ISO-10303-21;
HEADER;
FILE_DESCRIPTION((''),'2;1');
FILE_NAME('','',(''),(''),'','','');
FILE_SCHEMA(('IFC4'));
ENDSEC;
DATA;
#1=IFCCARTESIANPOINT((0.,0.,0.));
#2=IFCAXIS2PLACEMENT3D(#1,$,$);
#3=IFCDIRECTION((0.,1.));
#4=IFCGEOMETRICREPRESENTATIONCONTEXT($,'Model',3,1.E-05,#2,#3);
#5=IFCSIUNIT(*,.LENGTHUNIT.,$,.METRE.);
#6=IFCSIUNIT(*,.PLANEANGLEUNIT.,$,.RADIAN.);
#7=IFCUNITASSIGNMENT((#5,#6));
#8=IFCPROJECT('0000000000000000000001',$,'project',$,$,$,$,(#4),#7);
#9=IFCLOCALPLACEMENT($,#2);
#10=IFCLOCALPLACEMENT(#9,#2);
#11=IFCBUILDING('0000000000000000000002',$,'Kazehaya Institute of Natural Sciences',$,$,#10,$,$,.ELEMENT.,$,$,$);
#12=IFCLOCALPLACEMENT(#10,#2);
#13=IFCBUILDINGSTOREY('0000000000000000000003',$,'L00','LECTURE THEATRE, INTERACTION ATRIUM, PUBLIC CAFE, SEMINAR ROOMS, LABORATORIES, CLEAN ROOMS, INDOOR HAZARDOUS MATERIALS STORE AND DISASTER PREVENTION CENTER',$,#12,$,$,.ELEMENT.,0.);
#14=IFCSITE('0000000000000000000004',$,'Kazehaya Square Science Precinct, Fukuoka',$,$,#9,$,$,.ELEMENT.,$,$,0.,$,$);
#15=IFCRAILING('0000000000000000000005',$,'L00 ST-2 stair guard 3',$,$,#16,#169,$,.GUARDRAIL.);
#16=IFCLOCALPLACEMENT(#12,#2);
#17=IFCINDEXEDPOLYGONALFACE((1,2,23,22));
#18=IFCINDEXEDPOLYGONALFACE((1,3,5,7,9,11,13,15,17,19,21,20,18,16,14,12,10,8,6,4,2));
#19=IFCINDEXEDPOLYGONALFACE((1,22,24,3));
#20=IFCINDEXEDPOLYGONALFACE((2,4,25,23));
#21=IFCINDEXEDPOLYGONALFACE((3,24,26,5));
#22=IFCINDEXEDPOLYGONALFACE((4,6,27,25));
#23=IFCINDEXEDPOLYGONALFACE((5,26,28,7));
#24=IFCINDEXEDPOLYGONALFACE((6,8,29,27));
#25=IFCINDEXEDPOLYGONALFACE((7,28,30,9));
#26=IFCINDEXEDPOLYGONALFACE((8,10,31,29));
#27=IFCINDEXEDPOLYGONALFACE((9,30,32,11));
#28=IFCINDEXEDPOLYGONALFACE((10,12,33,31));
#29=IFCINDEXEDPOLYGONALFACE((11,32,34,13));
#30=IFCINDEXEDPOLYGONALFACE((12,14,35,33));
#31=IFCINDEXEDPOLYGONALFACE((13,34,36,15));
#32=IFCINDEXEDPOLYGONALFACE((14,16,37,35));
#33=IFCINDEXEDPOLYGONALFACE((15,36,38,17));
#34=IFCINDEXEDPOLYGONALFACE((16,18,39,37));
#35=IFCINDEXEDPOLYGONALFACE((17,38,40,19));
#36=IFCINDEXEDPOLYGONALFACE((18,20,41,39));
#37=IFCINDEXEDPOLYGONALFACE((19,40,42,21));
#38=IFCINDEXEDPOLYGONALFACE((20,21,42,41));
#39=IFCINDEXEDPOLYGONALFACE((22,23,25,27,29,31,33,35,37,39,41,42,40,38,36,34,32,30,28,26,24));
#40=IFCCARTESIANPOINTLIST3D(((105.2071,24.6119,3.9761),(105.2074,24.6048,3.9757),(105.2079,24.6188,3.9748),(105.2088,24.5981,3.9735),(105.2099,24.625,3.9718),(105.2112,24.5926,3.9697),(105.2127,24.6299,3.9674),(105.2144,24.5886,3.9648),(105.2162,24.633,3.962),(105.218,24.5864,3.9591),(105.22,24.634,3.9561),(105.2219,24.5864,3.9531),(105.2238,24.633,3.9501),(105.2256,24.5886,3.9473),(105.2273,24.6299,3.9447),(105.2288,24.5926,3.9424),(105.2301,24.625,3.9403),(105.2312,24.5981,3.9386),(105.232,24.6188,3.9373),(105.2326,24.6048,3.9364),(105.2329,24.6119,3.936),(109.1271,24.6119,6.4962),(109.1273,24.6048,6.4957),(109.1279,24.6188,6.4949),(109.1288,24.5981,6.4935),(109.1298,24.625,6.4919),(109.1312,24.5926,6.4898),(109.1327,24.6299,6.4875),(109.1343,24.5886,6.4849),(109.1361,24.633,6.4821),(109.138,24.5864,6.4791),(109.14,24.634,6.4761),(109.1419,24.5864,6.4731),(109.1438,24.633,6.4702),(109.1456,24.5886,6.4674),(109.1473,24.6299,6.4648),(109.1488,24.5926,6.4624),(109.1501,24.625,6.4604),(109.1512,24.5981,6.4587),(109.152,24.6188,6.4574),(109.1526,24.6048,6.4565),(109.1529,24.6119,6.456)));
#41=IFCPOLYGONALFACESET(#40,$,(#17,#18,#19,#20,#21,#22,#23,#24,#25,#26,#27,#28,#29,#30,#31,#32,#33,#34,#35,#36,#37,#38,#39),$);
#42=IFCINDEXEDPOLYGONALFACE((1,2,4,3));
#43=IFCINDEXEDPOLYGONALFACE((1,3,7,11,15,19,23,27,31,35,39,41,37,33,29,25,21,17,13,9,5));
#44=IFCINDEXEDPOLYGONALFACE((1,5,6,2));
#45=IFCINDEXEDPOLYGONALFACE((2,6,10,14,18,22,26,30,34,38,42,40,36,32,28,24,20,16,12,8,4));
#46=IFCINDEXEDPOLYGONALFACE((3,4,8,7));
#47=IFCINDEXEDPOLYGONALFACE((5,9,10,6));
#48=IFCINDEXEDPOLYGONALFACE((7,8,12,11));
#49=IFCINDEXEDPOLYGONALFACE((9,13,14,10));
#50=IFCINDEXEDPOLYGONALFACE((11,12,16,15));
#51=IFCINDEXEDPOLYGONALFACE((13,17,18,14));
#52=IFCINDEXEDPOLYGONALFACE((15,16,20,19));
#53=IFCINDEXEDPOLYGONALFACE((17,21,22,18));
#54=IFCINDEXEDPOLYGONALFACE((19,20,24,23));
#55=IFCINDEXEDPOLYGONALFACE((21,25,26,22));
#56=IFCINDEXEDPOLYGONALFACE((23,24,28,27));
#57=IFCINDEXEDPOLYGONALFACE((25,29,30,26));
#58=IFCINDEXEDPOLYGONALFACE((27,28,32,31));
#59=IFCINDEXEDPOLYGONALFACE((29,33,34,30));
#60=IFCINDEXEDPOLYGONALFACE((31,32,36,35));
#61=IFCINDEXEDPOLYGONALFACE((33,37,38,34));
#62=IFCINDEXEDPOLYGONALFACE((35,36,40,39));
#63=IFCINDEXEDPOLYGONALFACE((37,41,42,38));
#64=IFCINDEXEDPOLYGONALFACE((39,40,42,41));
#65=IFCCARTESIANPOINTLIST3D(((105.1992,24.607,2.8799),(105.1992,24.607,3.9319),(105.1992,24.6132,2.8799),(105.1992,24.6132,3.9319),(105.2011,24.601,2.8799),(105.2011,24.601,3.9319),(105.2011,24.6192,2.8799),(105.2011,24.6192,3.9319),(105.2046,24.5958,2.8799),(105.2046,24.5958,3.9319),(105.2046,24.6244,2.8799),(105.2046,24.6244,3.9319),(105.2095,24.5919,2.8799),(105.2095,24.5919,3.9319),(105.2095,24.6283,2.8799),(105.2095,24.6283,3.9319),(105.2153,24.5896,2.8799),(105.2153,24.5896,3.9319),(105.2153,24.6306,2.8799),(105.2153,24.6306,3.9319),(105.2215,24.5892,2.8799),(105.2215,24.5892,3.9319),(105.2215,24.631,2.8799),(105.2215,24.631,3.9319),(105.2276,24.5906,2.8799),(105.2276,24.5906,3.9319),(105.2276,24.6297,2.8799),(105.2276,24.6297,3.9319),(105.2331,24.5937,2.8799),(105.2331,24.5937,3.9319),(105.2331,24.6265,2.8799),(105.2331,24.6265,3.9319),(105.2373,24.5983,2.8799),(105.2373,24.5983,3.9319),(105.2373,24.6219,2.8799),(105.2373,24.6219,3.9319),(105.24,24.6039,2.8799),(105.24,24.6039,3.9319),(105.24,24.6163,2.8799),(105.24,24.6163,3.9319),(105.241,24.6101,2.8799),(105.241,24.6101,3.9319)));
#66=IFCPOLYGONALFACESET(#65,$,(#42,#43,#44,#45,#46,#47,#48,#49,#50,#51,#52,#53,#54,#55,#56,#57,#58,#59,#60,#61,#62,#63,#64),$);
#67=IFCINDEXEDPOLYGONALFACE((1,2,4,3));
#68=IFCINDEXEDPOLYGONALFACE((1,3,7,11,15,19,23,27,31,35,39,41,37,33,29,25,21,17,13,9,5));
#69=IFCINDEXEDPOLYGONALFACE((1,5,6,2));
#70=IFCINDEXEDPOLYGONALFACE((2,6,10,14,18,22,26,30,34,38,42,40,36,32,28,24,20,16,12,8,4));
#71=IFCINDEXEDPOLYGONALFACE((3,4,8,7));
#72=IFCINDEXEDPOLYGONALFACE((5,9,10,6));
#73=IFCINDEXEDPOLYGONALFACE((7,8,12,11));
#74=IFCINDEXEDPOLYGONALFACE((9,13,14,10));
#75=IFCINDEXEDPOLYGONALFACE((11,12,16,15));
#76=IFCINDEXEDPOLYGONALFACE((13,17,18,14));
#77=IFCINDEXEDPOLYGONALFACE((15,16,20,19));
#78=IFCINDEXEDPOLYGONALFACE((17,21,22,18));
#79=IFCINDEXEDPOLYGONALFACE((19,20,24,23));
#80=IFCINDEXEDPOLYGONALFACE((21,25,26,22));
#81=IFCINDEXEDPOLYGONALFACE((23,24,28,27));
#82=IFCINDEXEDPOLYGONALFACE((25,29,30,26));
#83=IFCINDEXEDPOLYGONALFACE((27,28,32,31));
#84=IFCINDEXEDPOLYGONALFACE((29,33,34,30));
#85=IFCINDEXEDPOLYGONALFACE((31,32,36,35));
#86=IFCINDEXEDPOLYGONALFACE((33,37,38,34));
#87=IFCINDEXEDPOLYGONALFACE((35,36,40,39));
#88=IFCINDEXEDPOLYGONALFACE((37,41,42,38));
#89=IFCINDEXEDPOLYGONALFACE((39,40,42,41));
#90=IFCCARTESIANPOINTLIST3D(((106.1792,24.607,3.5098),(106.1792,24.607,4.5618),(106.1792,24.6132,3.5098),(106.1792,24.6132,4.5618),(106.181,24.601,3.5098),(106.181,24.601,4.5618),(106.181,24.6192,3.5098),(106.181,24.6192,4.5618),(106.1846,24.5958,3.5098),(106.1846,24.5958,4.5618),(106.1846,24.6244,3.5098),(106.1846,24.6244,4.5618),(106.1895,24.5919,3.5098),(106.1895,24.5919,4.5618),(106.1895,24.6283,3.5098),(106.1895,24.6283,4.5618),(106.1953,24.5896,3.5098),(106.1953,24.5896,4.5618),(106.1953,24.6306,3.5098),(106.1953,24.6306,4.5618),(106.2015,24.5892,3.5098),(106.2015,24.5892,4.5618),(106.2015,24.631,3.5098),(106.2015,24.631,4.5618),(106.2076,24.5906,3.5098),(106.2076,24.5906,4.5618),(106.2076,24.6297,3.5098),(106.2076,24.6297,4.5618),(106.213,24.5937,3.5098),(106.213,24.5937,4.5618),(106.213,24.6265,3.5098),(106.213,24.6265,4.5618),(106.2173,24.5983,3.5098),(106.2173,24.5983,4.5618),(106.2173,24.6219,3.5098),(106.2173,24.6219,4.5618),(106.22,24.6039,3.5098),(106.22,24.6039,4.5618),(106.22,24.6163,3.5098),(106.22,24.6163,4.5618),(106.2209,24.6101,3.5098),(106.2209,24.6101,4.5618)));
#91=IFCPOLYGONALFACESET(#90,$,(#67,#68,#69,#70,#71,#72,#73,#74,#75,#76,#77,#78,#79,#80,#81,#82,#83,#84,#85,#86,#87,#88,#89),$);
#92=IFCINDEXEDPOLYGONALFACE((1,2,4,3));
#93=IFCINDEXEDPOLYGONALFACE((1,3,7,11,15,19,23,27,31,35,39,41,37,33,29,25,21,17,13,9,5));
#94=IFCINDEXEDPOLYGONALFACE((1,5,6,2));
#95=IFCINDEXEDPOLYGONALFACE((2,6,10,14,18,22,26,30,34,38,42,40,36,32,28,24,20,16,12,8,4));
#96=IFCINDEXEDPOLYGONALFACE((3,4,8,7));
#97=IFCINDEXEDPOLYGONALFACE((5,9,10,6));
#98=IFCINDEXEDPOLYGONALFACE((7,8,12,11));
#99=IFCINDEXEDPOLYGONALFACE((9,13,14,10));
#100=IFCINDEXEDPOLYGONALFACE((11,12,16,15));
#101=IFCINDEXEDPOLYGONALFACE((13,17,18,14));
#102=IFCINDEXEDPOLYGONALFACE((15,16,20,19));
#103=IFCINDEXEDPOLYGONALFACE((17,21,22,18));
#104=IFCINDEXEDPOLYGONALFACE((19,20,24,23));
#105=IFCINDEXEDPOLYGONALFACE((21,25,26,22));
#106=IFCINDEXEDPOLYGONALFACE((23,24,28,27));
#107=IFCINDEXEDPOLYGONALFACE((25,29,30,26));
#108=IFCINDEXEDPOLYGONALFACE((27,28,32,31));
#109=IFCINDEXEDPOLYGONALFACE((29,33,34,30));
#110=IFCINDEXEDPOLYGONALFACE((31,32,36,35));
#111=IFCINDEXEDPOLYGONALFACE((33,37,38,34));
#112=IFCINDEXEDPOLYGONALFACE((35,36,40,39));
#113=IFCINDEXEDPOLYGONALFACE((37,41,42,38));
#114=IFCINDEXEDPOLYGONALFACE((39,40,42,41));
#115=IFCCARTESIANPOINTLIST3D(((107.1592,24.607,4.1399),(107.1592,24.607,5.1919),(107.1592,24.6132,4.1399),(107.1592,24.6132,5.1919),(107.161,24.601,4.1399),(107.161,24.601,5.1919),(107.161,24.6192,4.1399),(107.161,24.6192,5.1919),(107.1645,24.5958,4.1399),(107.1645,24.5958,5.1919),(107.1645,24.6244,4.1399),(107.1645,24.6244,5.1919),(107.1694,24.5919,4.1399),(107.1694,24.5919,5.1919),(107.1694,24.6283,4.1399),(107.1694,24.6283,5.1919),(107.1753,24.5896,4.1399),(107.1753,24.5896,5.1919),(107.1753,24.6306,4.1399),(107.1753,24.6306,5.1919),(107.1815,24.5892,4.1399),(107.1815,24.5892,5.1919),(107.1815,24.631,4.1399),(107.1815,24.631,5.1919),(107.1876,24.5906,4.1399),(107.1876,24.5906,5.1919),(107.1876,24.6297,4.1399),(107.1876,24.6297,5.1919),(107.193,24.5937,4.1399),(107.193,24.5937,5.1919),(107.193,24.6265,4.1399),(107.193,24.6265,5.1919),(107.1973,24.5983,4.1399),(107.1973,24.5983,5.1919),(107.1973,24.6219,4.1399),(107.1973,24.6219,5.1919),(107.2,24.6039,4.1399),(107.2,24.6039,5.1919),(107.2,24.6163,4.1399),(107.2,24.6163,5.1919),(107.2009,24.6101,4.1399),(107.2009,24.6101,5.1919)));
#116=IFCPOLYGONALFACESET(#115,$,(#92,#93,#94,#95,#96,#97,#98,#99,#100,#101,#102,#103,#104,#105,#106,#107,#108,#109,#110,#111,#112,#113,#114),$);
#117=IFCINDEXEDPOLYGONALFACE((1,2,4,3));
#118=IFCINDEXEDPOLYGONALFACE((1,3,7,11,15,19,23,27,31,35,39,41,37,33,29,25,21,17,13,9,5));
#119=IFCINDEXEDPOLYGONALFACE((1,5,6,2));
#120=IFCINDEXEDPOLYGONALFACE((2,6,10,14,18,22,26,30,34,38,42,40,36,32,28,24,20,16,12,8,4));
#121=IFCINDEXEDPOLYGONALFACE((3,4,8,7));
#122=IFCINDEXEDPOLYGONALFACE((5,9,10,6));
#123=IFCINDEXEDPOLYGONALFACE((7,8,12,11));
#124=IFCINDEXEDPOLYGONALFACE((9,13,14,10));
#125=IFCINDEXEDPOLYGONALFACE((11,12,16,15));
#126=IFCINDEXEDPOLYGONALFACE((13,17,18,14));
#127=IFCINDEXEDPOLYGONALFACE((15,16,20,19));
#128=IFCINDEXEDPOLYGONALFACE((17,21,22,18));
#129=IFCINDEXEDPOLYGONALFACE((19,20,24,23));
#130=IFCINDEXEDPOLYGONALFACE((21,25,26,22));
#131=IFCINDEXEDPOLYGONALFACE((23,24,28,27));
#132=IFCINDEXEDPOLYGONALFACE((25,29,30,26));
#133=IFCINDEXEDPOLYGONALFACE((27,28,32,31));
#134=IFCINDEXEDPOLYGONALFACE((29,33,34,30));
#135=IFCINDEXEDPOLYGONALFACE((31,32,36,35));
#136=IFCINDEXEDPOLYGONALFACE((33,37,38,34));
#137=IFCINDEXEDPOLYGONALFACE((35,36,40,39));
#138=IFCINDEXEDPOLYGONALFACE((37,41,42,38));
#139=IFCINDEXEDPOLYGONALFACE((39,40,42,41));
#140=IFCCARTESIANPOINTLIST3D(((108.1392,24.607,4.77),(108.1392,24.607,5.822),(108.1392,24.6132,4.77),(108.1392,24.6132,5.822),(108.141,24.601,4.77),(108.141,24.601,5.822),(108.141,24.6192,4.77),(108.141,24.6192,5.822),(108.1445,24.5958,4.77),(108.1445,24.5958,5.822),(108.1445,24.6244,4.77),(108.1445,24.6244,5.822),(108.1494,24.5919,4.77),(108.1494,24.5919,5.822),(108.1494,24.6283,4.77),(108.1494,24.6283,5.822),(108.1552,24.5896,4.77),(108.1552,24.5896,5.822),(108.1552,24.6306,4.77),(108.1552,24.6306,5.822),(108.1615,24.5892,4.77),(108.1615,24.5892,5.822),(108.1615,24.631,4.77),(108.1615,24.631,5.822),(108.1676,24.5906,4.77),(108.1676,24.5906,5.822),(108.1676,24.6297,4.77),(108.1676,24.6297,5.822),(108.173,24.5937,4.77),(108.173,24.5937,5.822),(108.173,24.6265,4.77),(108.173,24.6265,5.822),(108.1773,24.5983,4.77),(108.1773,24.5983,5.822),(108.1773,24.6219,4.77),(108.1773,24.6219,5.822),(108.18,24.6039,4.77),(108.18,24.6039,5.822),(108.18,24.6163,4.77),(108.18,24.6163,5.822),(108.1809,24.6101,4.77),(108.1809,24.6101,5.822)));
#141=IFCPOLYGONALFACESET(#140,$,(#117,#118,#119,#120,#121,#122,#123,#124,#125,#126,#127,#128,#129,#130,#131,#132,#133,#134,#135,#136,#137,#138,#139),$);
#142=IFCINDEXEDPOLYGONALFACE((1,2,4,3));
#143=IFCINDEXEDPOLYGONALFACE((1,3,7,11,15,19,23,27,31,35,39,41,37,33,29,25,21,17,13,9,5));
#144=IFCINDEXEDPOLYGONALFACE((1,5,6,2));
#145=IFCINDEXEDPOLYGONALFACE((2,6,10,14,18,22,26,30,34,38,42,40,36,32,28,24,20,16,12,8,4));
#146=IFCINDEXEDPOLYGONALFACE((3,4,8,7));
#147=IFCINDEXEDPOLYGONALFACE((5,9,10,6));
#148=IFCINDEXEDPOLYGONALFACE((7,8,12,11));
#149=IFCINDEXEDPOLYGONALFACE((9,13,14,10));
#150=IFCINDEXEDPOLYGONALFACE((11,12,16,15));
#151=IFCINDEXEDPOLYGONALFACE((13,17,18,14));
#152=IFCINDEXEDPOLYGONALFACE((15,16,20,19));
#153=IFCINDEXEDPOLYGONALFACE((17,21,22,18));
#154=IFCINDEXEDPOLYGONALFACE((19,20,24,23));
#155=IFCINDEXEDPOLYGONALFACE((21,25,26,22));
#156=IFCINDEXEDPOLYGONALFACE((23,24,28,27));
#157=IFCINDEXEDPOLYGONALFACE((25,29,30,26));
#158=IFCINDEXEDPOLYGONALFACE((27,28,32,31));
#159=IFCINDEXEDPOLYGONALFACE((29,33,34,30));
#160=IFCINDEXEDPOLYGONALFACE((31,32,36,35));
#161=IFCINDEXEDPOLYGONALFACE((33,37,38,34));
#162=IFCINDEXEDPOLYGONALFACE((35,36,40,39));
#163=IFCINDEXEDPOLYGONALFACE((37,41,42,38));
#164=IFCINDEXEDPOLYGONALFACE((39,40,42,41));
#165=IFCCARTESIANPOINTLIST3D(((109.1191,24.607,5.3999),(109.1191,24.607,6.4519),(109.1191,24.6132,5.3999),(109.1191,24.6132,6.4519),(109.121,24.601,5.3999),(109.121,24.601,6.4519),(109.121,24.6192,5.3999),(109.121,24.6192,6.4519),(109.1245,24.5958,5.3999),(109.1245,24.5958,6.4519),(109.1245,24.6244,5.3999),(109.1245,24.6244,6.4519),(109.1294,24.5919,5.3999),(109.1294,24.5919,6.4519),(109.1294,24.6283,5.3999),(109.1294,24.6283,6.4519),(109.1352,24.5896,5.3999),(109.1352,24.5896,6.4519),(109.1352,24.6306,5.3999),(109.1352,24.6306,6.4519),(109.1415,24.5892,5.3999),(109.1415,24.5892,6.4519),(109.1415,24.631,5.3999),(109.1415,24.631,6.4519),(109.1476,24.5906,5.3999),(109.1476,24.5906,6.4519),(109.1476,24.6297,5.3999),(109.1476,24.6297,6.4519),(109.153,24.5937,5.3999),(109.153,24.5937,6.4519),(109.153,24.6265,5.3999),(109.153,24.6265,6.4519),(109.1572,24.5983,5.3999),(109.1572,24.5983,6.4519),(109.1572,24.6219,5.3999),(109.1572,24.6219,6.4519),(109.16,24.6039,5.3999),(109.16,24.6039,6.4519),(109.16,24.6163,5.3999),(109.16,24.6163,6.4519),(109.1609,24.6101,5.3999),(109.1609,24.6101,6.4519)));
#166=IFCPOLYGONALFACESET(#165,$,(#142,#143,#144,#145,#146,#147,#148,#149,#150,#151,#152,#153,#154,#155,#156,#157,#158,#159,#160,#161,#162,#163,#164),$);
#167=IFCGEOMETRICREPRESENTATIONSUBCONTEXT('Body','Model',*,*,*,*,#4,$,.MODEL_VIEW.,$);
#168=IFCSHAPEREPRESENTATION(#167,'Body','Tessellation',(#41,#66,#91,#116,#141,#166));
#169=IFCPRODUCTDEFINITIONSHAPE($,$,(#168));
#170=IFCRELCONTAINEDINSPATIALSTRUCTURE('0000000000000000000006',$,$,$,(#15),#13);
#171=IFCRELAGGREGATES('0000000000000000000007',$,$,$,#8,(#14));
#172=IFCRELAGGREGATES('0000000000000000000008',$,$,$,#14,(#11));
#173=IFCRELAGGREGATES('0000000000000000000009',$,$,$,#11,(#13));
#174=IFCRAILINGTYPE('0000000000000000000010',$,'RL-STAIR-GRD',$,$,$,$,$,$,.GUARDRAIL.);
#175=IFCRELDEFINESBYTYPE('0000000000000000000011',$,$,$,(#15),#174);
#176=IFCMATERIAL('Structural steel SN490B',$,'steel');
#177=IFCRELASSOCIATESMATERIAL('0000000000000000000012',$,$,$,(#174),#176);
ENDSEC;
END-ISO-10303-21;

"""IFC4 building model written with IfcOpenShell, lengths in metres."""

from ifc_helpers import new_model, si_unit, direction, frame, origin, origin_2d, place, context, subcontext, project, spatial, circle, extrude, material, type_object, element, save


model = new_model("IFC4")

# Units and contexts
model_context = context("Model", 3, precision=1e-05, world=origin(), true_north=direction((0.0, 1.0)))
body_context = subcontext(model_context, "Body", "Model", "MODEL_VIEW")
ifc_project = project(units=[si_unit("LENGTHUNIT", "METRE"), si_unit("PLANEANGLEUNIT", "RADIAN")], contexts=[model_context])

# Site, building, storey
site_placement = place(None, origin())
site = spatial("IfcSite", under=ifc_project, at=site_placement, Name="Kazehaya Square Science Precinct, Fukuoka", CompositionType="ELEMENT", RefElevation=0.0)
building_placement = place(site_placement, origin())
building = spatial("IfcBuilding", under=site, at=building_placement, Name="Kazehaya Institute of Natural Sciences", CompositionType="ELEMENT")
storey_placement = place(building_placement, origin())
storey = spatial("IfcBuildingStorey", under=building, at=storey_placement, Name="L00", Description="LECTURE THEATRE, INTERACTION ATRIUM, PUBLIC CAFE, SEMINAR ROOMS, LABORATORIES, CLEAN ROOMS, INDOOR HAZARDOUS MATERIALS STORE AND DISASTER PREVENTION CENTER", CompositionType="ELEMENT", Elevation=0.0)

# Railing
ifc_material_1 = material(Name="Structural steel SN490B", Category="steel")
railing_type_1 = type_object("IfcRailingType", Name="RL-STAIR-GRD", PredefinedType="GUARDRAIL", material=ifc_material_1)
railing_1_placement = place(storey_placement, frame((105.22, 24.6101, 2.8799)))
element("IfcRailing", 1, at=railing_1_placement, inside=storey, type_object=railing_type_1, Name="L00 ST-2 stair guard 3", PredefinedType="GUARDRAIL", context=body_context, shape_type="SweptSolid", body=[
    extrude(circle(Radius=0.0239, at=origin_2d()), frame((0.0, 0.0, 1.0762), z_axis=(0.841172, 0.0, 0.540768), x_axis=(0.0, 1.0, 0.0)), (0.0, 0.0, 1.0), 4.6602),
    extrude(circle(Radius=0.021, at=origin_2d()), origin(), (0.0, 0.0, 1.0), 1.052),
    extrude(circle(Radius=0.021, at=origin_2d()), frame((0.98, 0.0, 0.6299)), (0.0, 0.0, 1.0), 1.052),
    extrude(circle(Radius=0.021, at=origin_2d()), frame((1.96, 0.0, 1.26)), (0.0, 0.0, 1.0), 1.052),
    extrude(circle(Radius=0.021, at=origin_2d()), frame((2.9399, 0.0, 1.8901)), (0.0, 0.0, 1.0), 1.052),
    extrude(circle(Radius=0.021, at=origin_2d()), frame((3.9199, 0.0, 2.52)), (0.0, 0.0, 1.0), 1.052),
])

save(model, "model.ifc")
